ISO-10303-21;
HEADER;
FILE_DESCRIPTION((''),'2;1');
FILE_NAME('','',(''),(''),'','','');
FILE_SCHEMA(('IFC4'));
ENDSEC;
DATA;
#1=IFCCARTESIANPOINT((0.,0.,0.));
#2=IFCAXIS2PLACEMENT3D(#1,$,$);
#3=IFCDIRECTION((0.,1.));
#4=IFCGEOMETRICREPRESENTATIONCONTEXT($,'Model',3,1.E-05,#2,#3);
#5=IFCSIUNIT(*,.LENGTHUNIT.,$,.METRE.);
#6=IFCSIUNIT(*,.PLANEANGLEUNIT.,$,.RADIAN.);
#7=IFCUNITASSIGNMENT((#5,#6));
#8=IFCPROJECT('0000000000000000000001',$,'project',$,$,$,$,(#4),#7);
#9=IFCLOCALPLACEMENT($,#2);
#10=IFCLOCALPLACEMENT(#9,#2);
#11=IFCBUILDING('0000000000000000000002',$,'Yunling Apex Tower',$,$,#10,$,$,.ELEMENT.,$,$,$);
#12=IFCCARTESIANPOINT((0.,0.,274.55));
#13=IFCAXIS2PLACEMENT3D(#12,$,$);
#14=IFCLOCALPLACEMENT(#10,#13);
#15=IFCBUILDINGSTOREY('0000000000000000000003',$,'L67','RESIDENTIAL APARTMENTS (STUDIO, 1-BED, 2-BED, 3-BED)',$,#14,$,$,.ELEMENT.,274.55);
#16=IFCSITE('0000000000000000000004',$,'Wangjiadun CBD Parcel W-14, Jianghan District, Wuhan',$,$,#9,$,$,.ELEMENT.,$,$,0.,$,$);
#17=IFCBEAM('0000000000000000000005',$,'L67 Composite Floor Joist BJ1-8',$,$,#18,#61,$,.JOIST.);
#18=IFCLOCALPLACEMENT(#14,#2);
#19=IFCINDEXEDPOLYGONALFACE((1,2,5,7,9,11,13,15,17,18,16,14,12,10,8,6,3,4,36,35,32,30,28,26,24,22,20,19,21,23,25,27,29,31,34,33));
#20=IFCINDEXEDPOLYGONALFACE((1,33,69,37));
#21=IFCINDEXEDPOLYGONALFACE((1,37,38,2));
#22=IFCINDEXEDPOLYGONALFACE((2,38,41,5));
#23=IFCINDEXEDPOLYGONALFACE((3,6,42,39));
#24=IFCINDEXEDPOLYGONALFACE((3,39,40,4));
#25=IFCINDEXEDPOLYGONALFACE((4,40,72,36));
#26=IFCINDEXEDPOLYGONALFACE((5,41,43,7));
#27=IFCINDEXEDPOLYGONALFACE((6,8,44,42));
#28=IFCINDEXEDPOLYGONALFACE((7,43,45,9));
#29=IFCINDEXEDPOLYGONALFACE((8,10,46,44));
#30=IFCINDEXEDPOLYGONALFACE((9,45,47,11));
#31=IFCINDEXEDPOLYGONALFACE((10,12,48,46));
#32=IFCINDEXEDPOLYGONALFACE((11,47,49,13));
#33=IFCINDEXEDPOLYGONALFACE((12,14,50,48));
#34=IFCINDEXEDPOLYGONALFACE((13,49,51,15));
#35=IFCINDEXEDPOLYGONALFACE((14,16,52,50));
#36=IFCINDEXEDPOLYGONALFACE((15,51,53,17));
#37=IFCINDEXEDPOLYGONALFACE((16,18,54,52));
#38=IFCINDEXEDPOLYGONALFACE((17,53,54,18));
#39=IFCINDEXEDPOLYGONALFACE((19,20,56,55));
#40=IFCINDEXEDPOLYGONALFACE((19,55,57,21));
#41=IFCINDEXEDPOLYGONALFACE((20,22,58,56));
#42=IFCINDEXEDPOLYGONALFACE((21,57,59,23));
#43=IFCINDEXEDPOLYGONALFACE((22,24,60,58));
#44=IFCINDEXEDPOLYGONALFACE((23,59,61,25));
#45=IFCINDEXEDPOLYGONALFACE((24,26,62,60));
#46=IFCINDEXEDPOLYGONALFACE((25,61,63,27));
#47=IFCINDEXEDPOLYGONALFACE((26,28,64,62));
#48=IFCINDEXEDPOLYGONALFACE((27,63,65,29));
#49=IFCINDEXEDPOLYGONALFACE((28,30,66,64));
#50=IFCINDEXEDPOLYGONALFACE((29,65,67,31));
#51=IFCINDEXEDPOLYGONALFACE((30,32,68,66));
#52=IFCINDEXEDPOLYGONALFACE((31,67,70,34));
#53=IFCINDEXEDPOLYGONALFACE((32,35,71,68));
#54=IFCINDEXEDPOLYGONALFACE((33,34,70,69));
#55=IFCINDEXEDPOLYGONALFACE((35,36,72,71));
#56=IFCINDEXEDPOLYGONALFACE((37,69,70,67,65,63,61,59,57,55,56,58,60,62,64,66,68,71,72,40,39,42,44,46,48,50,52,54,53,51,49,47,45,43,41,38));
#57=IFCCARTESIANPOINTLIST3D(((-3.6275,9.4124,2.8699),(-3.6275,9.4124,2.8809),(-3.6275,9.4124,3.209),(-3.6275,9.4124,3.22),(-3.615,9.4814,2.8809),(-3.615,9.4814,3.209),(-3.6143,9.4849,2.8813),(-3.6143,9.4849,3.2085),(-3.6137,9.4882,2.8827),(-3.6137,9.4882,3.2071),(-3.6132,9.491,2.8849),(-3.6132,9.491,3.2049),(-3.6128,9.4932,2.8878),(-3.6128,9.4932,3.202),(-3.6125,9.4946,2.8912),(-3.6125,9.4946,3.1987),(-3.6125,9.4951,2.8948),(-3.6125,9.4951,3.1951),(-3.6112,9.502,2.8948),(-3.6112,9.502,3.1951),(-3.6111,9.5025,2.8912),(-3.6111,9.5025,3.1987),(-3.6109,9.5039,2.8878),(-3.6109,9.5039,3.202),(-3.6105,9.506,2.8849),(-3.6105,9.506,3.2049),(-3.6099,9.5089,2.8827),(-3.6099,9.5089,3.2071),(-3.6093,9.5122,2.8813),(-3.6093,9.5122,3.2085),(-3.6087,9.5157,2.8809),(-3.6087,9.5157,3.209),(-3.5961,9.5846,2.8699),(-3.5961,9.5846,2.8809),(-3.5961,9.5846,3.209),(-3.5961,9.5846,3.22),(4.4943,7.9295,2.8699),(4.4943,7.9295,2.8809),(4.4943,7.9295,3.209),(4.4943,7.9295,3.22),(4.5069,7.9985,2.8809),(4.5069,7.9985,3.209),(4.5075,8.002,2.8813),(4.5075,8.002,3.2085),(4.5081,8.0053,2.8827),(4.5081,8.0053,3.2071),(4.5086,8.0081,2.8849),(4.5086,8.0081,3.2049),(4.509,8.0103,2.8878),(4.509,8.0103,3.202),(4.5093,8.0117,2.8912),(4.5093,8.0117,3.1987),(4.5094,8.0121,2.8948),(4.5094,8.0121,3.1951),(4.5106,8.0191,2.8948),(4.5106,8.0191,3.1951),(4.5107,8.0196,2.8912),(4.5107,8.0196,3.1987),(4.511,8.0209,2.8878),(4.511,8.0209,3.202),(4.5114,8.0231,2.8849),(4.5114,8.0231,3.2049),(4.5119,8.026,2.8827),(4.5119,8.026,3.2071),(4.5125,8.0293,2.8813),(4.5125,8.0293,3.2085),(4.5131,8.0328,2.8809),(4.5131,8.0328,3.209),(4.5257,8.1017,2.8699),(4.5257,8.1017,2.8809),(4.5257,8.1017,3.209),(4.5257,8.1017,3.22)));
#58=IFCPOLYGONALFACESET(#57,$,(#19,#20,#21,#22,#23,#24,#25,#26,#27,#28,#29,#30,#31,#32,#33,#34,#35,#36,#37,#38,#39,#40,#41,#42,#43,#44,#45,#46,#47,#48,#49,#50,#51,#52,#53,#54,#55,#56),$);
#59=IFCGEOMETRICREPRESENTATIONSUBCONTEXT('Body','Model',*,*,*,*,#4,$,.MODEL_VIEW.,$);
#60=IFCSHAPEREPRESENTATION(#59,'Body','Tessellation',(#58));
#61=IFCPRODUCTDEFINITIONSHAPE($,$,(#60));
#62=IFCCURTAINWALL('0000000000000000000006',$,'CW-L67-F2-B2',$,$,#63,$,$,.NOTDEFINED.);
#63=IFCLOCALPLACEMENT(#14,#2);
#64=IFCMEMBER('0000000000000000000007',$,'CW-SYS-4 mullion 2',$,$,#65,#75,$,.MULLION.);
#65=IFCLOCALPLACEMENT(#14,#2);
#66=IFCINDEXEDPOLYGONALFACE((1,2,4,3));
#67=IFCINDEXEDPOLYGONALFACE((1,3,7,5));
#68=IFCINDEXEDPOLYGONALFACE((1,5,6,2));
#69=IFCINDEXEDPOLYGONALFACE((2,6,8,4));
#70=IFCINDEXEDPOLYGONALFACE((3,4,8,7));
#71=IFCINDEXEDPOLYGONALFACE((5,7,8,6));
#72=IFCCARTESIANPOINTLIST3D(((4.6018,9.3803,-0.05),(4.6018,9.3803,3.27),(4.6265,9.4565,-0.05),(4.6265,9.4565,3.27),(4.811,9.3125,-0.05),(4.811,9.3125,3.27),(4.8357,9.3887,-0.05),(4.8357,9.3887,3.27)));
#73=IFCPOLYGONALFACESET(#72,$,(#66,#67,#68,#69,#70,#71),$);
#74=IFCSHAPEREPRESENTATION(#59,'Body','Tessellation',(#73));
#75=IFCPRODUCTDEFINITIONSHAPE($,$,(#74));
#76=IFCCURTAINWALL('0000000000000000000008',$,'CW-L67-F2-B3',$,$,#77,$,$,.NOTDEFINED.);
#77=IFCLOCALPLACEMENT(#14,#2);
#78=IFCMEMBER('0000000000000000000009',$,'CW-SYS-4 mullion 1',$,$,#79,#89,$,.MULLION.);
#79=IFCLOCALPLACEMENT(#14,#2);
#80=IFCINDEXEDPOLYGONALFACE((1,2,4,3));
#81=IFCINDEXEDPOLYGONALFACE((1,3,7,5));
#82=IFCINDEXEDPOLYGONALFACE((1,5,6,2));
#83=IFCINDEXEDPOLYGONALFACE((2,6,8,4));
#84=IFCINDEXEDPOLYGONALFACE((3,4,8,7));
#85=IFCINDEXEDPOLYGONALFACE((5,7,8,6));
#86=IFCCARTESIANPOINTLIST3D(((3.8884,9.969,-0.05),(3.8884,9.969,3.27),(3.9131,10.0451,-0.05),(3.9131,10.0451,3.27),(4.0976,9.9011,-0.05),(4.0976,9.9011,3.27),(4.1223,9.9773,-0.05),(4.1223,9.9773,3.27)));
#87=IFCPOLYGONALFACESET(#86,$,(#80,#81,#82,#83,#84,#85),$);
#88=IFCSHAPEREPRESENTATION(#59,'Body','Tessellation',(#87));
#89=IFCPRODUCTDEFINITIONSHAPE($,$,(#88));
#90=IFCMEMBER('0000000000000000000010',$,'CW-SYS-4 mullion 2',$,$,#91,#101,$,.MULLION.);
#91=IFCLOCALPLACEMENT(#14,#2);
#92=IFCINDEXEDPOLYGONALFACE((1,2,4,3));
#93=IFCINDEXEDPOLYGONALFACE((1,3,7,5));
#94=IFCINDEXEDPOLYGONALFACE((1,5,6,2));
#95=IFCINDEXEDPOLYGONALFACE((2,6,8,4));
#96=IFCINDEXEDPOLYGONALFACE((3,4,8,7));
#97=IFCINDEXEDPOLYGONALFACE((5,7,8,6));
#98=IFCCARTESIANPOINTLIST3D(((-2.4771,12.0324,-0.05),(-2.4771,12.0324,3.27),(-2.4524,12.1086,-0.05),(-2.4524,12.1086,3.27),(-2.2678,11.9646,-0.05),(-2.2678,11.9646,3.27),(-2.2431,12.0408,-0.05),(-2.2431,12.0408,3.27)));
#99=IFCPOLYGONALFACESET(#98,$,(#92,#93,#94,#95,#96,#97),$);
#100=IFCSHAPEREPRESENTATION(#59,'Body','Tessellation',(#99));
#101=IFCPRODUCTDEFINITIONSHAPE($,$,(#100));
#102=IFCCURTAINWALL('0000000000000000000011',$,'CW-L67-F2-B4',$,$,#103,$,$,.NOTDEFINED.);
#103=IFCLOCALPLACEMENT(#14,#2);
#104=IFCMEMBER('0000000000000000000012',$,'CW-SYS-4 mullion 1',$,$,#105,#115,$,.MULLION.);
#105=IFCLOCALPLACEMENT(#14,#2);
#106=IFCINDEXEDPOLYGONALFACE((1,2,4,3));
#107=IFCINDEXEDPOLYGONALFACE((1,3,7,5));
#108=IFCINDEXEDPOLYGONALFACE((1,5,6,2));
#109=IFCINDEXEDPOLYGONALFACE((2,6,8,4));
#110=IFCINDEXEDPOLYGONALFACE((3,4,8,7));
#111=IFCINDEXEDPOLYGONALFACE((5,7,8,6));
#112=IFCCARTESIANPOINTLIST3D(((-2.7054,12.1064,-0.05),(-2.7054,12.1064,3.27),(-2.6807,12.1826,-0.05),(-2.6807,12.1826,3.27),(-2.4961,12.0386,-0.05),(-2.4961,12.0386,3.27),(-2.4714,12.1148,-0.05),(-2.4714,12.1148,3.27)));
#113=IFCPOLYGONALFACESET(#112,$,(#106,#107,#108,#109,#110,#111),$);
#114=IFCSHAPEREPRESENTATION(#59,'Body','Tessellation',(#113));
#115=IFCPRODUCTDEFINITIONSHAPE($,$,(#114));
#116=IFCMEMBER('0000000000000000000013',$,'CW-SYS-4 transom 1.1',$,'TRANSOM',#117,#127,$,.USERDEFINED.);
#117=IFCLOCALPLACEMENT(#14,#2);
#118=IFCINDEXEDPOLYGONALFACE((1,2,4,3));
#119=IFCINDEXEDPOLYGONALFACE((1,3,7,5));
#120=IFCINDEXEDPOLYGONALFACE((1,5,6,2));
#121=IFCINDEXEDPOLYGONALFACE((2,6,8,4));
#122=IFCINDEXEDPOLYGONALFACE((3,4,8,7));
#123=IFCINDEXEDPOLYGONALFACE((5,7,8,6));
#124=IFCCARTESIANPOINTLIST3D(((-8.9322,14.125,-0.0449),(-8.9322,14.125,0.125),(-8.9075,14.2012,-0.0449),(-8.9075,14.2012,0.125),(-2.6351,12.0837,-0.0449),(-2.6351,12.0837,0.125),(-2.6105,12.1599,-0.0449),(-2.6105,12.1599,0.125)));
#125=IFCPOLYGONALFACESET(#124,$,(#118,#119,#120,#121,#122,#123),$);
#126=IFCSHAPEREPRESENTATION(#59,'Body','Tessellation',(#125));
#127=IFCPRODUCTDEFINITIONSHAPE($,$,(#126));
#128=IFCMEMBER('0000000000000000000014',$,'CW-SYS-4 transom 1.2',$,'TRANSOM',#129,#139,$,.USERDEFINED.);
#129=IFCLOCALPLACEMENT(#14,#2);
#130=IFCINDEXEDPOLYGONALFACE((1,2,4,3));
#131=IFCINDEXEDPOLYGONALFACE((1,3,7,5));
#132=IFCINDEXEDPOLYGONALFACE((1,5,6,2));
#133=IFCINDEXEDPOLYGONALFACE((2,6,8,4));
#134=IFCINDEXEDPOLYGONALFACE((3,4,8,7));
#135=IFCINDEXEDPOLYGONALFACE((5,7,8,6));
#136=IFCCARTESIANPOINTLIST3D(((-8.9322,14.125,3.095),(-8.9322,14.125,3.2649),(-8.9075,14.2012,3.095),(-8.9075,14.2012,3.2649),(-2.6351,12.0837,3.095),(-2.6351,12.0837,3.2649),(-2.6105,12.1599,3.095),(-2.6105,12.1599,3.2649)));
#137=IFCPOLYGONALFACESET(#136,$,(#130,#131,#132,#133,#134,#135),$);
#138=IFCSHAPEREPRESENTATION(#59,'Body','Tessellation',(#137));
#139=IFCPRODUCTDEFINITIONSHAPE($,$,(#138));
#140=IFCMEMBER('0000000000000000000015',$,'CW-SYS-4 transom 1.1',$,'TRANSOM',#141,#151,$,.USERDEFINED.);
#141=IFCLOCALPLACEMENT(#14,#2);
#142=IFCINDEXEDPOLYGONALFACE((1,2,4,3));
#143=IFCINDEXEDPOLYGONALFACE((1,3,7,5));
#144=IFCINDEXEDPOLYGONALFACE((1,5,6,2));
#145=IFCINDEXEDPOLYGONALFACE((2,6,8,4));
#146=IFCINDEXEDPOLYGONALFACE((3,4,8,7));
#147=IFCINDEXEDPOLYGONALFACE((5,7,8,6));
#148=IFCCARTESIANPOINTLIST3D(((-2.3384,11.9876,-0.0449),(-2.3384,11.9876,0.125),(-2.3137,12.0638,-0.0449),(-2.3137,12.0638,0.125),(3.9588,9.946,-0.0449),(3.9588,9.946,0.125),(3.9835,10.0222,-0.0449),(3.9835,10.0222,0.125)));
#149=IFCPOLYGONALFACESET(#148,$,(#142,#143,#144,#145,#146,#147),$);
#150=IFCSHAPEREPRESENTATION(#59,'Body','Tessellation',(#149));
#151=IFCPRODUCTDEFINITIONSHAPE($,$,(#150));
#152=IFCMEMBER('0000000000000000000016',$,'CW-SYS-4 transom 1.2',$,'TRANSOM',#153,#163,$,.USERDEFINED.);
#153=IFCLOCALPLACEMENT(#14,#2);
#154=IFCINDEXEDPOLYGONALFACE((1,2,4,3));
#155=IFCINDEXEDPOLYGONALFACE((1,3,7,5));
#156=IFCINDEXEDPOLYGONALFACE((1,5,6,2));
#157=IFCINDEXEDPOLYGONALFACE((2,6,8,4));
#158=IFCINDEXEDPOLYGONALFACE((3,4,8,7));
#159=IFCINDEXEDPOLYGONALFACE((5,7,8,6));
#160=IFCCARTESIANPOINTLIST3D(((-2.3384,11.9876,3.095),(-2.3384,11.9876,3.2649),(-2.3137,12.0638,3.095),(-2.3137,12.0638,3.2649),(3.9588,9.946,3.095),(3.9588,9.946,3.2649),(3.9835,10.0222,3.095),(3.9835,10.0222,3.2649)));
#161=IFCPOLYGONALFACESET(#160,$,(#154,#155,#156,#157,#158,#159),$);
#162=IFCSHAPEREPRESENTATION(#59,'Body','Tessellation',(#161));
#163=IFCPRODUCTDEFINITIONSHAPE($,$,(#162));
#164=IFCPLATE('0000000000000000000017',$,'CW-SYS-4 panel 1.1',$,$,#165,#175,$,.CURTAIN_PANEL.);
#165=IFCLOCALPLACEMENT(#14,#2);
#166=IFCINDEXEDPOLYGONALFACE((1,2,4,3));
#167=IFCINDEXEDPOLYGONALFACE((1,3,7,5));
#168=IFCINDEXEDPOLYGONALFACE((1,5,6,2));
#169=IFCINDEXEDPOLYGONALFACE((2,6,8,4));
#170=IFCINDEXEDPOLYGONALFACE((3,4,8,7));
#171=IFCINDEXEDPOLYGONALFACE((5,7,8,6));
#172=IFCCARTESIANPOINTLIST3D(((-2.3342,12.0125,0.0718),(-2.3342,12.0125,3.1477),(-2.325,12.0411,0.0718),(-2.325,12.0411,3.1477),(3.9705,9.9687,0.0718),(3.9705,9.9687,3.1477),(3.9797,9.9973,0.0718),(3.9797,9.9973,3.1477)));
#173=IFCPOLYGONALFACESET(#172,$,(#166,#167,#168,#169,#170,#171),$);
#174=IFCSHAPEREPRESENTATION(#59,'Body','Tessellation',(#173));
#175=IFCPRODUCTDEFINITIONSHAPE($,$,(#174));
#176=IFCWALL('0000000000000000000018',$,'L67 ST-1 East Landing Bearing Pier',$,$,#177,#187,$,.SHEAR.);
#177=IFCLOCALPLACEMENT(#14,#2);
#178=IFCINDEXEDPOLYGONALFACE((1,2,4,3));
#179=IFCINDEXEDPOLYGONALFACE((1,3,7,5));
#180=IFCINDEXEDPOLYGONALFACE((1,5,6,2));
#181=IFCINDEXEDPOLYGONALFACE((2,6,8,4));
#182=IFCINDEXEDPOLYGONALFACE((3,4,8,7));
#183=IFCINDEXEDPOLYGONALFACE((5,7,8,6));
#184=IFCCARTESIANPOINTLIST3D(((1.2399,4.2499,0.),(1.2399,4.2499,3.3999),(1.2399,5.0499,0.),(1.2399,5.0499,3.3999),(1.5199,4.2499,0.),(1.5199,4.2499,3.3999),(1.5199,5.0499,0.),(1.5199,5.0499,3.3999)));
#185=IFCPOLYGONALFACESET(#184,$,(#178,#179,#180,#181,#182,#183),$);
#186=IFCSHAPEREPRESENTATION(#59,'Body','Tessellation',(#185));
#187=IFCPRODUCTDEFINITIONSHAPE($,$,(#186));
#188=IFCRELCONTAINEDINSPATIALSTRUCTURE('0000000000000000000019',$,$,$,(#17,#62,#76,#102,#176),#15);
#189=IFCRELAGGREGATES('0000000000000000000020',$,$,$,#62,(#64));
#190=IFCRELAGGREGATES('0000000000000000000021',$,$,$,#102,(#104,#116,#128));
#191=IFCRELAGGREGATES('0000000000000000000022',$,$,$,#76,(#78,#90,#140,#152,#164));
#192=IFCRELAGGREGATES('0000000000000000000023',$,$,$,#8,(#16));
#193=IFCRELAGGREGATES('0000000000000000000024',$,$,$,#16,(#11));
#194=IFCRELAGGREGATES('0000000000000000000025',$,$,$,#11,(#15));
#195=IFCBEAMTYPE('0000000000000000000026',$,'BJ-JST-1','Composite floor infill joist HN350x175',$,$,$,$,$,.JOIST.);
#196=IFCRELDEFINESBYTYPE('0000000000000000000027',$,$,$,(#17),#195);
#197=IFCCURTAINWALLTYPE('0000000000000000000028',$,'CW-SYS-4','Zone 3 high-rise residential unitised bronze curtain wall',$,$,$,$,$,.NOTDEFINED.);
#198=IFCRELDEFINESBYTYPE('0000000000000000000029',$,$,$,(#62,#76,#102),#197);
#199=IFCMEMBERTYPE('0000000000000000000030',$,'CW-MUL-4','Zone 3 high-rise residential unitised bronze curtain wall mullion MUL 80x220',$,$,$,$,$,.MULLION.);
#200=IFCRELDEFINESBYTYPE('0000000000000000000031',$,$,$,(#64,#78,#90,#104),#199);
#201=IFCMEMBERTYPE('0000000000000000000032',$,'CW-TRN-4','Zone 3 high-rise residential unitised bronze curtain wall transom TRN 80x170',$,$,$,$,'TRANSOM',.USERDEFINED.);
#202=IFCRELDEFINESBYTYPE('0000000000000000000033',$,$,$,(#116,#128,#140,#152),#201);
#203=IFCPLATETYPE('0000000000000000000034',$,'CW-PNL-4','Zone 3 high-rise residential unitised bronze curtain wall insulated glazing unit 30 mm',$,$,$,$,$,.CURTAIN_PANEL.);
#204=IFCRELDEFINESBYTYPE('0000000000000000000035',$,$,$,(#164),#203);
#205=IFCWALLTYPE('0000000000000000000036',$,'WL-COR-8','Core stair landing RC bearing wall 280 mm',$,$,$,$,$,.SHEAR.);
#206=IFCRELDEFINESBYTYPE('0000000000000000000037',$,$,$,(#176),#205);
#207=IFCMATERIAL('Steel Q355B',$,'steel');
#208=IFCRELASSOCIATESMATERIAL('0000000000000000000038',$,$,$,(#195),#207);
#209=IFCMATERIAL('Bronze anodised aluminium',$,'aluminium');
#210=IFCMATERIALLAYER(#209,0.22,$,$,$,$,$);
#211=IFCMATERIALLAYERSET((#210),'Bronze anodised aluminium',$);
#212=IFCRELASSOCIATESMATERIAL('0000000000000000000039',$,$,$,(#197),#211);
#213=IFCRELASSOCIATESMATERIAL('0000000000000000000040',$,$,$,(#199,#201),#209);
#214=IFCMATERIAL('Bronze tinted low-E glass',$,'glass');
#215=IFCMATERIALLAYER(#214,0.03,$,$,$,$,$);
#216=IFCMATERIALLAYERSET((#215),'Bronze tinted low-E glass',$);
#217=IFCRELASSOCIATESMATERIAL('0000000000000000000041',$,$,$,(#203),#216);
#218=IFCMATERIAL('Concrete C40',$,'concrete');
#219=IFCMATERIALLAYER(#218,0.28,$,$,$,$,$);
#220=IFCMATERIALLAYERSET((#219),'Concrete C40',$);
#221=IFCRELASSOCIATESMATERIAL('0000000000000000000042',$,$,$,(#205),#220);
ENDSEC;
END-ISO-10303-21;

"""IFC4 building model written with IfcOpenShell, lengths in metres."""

from ifc_helpers import new_model, si_unit, direction, frame, frame_2d, origin, origin_2d, place, context, subcontext, project, spatial, rectangle, i_section, extrude, source, transform, mapped, material, layer, layer_set, material_profile, profile_set, type_object, element, aggregate, save


model = new_model("IFC4")

# Units and contexts
model_context = context("Model", 3, precision=1e-05, world=origin(), true_north=direction((0.0, 1.0)))
body_context = subcontext(model_context, "Body", "Model", "MODEL_VIEW")
ifc_project = project(units=[si_unit("LENGTHUNIT", "METRE"), si_unit("PLANEANGLEUNIT", "RADIAN")], contexts=[model_context])

# Site, building, storey
site_placement = place(None, origin())
site = spatial("IfcSite", under=ifc_project, at=site_placement, Name="Wangjiadun CBD Parcel W-14, Jianghan District, Wuhan", CompositionType="ELEMENT", RefElevation=0.0)
building_placement = place(site_placement, origin())
building = spatial("IfcBuilding", under=site, at=building_placement, Name="Yunling Apex Tower", CompositionType="ELEMENT")
storey_placement = place(building_placement, frame((0.0, 0.0, 274.55)))
storey = spatial("IfcBuildingStorey", under=building, at=storey_placement, Name="L67", Description="RESIDENTIAL APARTMENTS (STUDIO, 1-BED, 2-BED, 3-BED)", CompositionType="ELEMENT", Elevation=274.55)

# Shared definitions
ifc_material_1 = material(Name="Steel Q355B", Category="steel")

# Beam
ifc_material_profile_1 = material_profile(ifc_material_1, i_section(OverallWidth=0.175, OverallDepth=0.3501, WebThickness=0.0071, FlangeThickness=0.011, FilletRadius=0.0139, at=origin_2d()))
ifc_profile_set_1 = profile_set([ifc_material_profile_1], Name="Steel Q355B")
beam_type_1 = type_object("IfcBeamType", Name="BJ-JST-1", Description="Composite floor infill joist HN350x175", PredefinedType="JOIST", material=ifc_profile_set_1)
shared_shape_1 = source(origin(), body_context, "Body", "SweptSolid", [
    extrude(i_section(OverallWidth=0.175, OverallDepth=0.3501, WebThickness=0.0071, FlangeThickness=0.011, FilletRadius=0.0139, at=origin_2d()), origin(), (0.0, 0.0, 1.0), 8.2561),
])
beam_1_placement = place(storey_placement, frame((4.51, 8.0156, 3.0449), z_axis=(-0.983737, 0.179614, 0.0), x_axis=(-0.179614, -0.983737, 0.0)))
element("IfcBeam", 1, at=beam_1_placement, inside=storey, type_object=beam_type_1, Name="L67 Composite Floor Joist BJ1-8", PredefinedType="JOIST", context=body_context, shape_type="MappedRepresentation", body=[
    mapped(shared_shape_1, transform((0.0, 0.0, 0.0), scale=1.0)),
])

# Curtain wall, member
ifc_material_2 = material(Name="Bronze anodised aluminium", Category="aluminium")
ifc_layer_1 = layer(ifc_material_2, 0.22)
ifc_layer_set_1 = layer_set([ifc_layer_1], Name="Bronze anodised aluminium")
curtain_wall_type = type_object("IfcCurtainWallType", Name="CW-SYS-4", Description="Zone 3 high-rise residential unitised bronze curtain wall", PredefinedType="NOTDEFINED", material=ifc_layer_set_1)
curtain_wall_1_placement = place(storey_placement, origin())
curtain_wall_1 = element("IfcCurtainWall", 2, at=curtain_wall_1_placement, inside=storey, type_object=curtain_wall_type, Name="CW-L67-F2-B2", PredefinedType="NOTDEFINED")
ifc_material_profile_2 = material_profile(ifc_material_2, rectangle(XDim=0.0801, YDim=0.22, at=origin_2d()))
ifc_profile_set_2 = profile_set([ifc_material_profile_2], Name="Bronze anodised aluminium")
member_type_1 = type_object("IfcMemberType", Name="CW-MUL-4", Description="Zone 3 high-rise residential unitised bronze curtain wall mullion MUL 80x220", PredefinedType="MULLION", material=ifc_profile_set_2)
shared_shape_2 = source(origin(), body_context, "Body", "SweptSolid", [
    extrude(rectangle(XDim=0.0801, YDim=0.22, at=origin_2d()), origin(), (0.0, 0.0, 1.0), 3.3201),
])
member_1_placement = place(storey_placement, frame((4.7188, 9.3845, -0.05), z_axis=(0.0, 0.0, 1.0), x_axis=(-0.308369, -0.951267, 0.0)))
member_1 = element("IfcMember", 3, at=member_1_placement, type_object=member_type_1, Name="CW-SYS-4 mullion 2", PredefinedType="MULLION", context=body_context, shape_type="MappedRepresentation", body=[
    mapped(shared_shape_2, transform((0.0, 0.0, 0.0), scale=1.0)),
])
aggregate(curtain_wall_1, [member_1])

# Curtain walls, members
curtain_wall_2_placement = place(storey_placement, origin())
curtain_wall_2 = element("IfcCurtainWall", 4, at=curtain_wall_2_placement, inside=storey, type_object=curtain_wall_type, Name="CW-L67-F2-B3", PredefinedType="NOTDEFINED")
member_2_placement = place(storey_placement, frame((4.0054, 9.9731, -0.05), z_axis=(0.0, 0.0, 1.0), x_axis=(-0.308371, -0.951266, 0.0)))
member_2 = element("IfcMember", 5, at=member_2_placement, type_object=member_type_1, Name="CW-SYS-4 mullion 1", PredefinedType="MULLION", context=body_context, shape_type="MappedRepresentation", body=[
    mapped(shared_shape_2, transform((0.0, 0.0, 0.0), scale=1.0)),
])
member_3_placement = place(storey_placement, frame((-2.3601, 12.0366, -0.05), z_axis=(0.0, 0.0, 1.0), x_axis=(-0.308371, -0.951266, 0.0)))
member_3 = element("IfcMember", 6, at=member_3_placement, type_object=member_type_1, Name="CW-SYS-4 mullion 2", PredefinedType="MULLION", context=body_context, shape_type="MappedRepresentation", body=[
    mapped(shared_shape_2, transform((0.0, 0.0, 0.0), scale=1.0)),
])
curtain_wall_3_placement = place(storey_placement, origin())
curtain_wall_3 = element("IfcCurtainWall", 7, at=curtain_wall_3_placement, inside=storey, type_object=curtain_wall_type, Name="CW-L67-F2-B4", PredefinedType="NOTDEFINED")
member_4_placement = place(storey_placement, frame((-2.5884, 12.1106, -0.05), z_axis=(0.0, 0.0, 1.0), x_axis=(-0.308353, -0.951272, 0.0)))
member_4 = element("IfcMember", 8, at=member_4_placement, type_object=member_type_1, Name="CW-SYS-4 mullion 1", PredefinedType="MULLION", context=body_context, shape_type="MappedRepresentation", body=[
    mapped(shared_shape_2, transform((0.0, 0.0, 0.0), scale=1.0)),
])
ifc_material_profile_3 = material_profile(ifc_material_2, rectangle(XDim=0.0801, YDim=0.1699, at=origin_2d()))
ifc_profile_set_3 = profile_set([ifc_material_profile_3], Name="Bronze anodised aluminium")
member_type_2 = type_object("IfcMemberType", Name="CW-TRN-4", Description="Zone 3 high-rise residential unitised bronze curtain wall transom TRN 80x170", ElementType="TRANSOM", PredefinedType="USERDEFINED", material=ifc_profile_set_3)
shared_shape_3 = source(origin(), body_context, "Body", "SweptSolid", [
    extrude(rectangle(XDim=0.0801, YDim=0.1699, at=origin_2d()), origin(), (0.0, 0.0, 1.0), 6.6196),
])
member_5_placement = place(storey_placement, frame((-2.6228, 12.1218, 0.04), z_axis=(-0.951269, 0.308361, 0.0), x_axis=(-0.308361, -0.951269, 0.0)))
member_5 = element("IfcMember", 9, at=member_5_placement, type_object=member_type_2, Name="CW-SYS-4 transom 1.1", ObjectType="TRANSOM", PredefinedType="USERDEFINED", context=body_context, shape_type="MappedRepresentation", body=[
    mapped(shared_shape_3, transform((0.0, 0.0, 0.0), scale=1.0)),
])
member_6_placement = place(storey_placement, frame((-2.6228, 12.1218, 3.1799), z_axis=(-0.951269, 0.308361, 0.0), x_axis=(-0.308361, -0.951269, 0.0)))
member_6 = element("IfcMember", 10, at=member_6_placement, type_object=member_type_2, Name="CW-SYS-4 transom 1.2", ObjectType="TRANSOM", PredefinedType="USERDEFINED", context=body_context, shape_type="MappedRepresentation", body=[
    mapped(shared_shape_3, transform((0.0, 0.0, 0.0), scale=1.0)),
])
aggregate(curtain_wall_3, [member_4, member_5, member_6])

# Members
shared_shape_4 = source(origin(), body_context, "Body", "SweptSolid", [
    extrude(rectangle(XDim=0.0801, YDim=0.1699, at=origin_2d()), origin(), (0.0, 0.0, 1.0), 6.6199),
])
member_7_placement = place(storey_placement, frame((3.9712, 9.9841, 0.04), z_axis=(-0.951258, 0.308395, 0.0), x_axis=(-0.308395, -0.951258, 0.0)))
member_7 = element("IfcMember", 11, at=member_7_placement, type_object=member_type_2, Name="CW-SYS-4 transom 1.1", ObjectType="TRANSOM", PredefinedType="USERDEFINED", context=body_context, shape_type="MappedRepresentation", body=[
    mapped(shared_shape_4, transform((0.0, 0.0, 0.0), scale=1.0)),
])
member_8_placement = place(storey_placement, frame((3.9712, 9.9841, 3.1799), z_axis=(-0.951258, 0.308395, 0.0), x_axis=(-0.308395, -0.951258, 0.0)))
member_8 = element("IfcMember", 12, at=member_8_placement, type_object=member_type_2, Name="CW-SYS-4 transom 1.2", ObjectType="TRANSOM", PredefinedType="USERDEFINED", context=body_context, shape_type="MappedRepresentation", body=[
    mapped(shared_shape_4, transform((0.0, 0.0, 0.0), scale=1.0)),
])

# Plate
ifc_material_3 = material(Name="Bronze tinted low-E glass", Category="glass")
ifc_layer_2 = layer(ifc_material_3, 0.03)
ifc_layer_set_2 = layer_set([ifc_layer_2], Name="Bronze tinted low-E glass")
plate_type = type_object("IfcPlateType", Name="CW-PNL-4", Description="Zone 3 high-rise residential unitised bronze curtain wall insulated glazing unit 30 mm", PredefinedType="CURTAIN_PANEL", material=ifc_layer_set_2)
shared_shape_5 = source(origin(), body_context, "Body", "SweptSolid", [
    extrude(rectangle(XDim=6.6277, YDim=0.03, at=origin_2d()), origin(), (0.0, 0.0, 1.0), 3.0759),
])
plate_placement = place(storey_placement, frame((0.8228, 11.0049, 0.0718), z_axis=(0.0, 0.0, 1.0), x_axis=(-0.951266, 0.308371, 0.0)))
plate = element("IfcPlate", 13, at=plate_placement, type_object=plate_type, Name="CW-SYS-4 panel 1.1", PredefinedType="CURTAIN_PANEL", context=body_context, shape_type="MappedRepresentation", body=[
    mapped(shared_shape_5, transform((0.0, 0.0, 0.0), scale=1.0)),
])
aggregate(curtain_wall_2, [member_2, member_3, member_7, member_8, plate])

# Wall
ifc_material_4 = material(Name="Concrete C40", Category="concrete")
ifc_layer_3 = layer(ifc_material_4, 0.28)
ifc_layer_set_3 = layer_set([ifc_layer_3], Name="Concrete C40")
wall_type_1 = type_object("IfcWallType", Name="WL-COR-8", Description="Core stair landing RC bearing wall 280 mm", PredefinedType="SHEAR", material=ifc_layer_set_3)
wall_1_placement = place(storey_placement, frame((1.3799, 4.25, 0.0), z_axis=(0.0, 0.0, 1.0), x_axis=(0.0, 1.0, 0.0)))
element("IfcWall", 14, at=wall_1_placement, inside=storey, type_object=wall_type_1, Name="L67 ST-1 East Landing Bearing Pier", PredefinedType="SHEAR", context=body_context, shape_type="SweptSolid", body=[
    extrude(rectangle(XDim=0.8, YDim=0.28, at=frame_2d((0.3999, 0.0))), origin(), (0.0, 0.0, 1.0), 3.3999),
])

save(model, "model.ifc")
